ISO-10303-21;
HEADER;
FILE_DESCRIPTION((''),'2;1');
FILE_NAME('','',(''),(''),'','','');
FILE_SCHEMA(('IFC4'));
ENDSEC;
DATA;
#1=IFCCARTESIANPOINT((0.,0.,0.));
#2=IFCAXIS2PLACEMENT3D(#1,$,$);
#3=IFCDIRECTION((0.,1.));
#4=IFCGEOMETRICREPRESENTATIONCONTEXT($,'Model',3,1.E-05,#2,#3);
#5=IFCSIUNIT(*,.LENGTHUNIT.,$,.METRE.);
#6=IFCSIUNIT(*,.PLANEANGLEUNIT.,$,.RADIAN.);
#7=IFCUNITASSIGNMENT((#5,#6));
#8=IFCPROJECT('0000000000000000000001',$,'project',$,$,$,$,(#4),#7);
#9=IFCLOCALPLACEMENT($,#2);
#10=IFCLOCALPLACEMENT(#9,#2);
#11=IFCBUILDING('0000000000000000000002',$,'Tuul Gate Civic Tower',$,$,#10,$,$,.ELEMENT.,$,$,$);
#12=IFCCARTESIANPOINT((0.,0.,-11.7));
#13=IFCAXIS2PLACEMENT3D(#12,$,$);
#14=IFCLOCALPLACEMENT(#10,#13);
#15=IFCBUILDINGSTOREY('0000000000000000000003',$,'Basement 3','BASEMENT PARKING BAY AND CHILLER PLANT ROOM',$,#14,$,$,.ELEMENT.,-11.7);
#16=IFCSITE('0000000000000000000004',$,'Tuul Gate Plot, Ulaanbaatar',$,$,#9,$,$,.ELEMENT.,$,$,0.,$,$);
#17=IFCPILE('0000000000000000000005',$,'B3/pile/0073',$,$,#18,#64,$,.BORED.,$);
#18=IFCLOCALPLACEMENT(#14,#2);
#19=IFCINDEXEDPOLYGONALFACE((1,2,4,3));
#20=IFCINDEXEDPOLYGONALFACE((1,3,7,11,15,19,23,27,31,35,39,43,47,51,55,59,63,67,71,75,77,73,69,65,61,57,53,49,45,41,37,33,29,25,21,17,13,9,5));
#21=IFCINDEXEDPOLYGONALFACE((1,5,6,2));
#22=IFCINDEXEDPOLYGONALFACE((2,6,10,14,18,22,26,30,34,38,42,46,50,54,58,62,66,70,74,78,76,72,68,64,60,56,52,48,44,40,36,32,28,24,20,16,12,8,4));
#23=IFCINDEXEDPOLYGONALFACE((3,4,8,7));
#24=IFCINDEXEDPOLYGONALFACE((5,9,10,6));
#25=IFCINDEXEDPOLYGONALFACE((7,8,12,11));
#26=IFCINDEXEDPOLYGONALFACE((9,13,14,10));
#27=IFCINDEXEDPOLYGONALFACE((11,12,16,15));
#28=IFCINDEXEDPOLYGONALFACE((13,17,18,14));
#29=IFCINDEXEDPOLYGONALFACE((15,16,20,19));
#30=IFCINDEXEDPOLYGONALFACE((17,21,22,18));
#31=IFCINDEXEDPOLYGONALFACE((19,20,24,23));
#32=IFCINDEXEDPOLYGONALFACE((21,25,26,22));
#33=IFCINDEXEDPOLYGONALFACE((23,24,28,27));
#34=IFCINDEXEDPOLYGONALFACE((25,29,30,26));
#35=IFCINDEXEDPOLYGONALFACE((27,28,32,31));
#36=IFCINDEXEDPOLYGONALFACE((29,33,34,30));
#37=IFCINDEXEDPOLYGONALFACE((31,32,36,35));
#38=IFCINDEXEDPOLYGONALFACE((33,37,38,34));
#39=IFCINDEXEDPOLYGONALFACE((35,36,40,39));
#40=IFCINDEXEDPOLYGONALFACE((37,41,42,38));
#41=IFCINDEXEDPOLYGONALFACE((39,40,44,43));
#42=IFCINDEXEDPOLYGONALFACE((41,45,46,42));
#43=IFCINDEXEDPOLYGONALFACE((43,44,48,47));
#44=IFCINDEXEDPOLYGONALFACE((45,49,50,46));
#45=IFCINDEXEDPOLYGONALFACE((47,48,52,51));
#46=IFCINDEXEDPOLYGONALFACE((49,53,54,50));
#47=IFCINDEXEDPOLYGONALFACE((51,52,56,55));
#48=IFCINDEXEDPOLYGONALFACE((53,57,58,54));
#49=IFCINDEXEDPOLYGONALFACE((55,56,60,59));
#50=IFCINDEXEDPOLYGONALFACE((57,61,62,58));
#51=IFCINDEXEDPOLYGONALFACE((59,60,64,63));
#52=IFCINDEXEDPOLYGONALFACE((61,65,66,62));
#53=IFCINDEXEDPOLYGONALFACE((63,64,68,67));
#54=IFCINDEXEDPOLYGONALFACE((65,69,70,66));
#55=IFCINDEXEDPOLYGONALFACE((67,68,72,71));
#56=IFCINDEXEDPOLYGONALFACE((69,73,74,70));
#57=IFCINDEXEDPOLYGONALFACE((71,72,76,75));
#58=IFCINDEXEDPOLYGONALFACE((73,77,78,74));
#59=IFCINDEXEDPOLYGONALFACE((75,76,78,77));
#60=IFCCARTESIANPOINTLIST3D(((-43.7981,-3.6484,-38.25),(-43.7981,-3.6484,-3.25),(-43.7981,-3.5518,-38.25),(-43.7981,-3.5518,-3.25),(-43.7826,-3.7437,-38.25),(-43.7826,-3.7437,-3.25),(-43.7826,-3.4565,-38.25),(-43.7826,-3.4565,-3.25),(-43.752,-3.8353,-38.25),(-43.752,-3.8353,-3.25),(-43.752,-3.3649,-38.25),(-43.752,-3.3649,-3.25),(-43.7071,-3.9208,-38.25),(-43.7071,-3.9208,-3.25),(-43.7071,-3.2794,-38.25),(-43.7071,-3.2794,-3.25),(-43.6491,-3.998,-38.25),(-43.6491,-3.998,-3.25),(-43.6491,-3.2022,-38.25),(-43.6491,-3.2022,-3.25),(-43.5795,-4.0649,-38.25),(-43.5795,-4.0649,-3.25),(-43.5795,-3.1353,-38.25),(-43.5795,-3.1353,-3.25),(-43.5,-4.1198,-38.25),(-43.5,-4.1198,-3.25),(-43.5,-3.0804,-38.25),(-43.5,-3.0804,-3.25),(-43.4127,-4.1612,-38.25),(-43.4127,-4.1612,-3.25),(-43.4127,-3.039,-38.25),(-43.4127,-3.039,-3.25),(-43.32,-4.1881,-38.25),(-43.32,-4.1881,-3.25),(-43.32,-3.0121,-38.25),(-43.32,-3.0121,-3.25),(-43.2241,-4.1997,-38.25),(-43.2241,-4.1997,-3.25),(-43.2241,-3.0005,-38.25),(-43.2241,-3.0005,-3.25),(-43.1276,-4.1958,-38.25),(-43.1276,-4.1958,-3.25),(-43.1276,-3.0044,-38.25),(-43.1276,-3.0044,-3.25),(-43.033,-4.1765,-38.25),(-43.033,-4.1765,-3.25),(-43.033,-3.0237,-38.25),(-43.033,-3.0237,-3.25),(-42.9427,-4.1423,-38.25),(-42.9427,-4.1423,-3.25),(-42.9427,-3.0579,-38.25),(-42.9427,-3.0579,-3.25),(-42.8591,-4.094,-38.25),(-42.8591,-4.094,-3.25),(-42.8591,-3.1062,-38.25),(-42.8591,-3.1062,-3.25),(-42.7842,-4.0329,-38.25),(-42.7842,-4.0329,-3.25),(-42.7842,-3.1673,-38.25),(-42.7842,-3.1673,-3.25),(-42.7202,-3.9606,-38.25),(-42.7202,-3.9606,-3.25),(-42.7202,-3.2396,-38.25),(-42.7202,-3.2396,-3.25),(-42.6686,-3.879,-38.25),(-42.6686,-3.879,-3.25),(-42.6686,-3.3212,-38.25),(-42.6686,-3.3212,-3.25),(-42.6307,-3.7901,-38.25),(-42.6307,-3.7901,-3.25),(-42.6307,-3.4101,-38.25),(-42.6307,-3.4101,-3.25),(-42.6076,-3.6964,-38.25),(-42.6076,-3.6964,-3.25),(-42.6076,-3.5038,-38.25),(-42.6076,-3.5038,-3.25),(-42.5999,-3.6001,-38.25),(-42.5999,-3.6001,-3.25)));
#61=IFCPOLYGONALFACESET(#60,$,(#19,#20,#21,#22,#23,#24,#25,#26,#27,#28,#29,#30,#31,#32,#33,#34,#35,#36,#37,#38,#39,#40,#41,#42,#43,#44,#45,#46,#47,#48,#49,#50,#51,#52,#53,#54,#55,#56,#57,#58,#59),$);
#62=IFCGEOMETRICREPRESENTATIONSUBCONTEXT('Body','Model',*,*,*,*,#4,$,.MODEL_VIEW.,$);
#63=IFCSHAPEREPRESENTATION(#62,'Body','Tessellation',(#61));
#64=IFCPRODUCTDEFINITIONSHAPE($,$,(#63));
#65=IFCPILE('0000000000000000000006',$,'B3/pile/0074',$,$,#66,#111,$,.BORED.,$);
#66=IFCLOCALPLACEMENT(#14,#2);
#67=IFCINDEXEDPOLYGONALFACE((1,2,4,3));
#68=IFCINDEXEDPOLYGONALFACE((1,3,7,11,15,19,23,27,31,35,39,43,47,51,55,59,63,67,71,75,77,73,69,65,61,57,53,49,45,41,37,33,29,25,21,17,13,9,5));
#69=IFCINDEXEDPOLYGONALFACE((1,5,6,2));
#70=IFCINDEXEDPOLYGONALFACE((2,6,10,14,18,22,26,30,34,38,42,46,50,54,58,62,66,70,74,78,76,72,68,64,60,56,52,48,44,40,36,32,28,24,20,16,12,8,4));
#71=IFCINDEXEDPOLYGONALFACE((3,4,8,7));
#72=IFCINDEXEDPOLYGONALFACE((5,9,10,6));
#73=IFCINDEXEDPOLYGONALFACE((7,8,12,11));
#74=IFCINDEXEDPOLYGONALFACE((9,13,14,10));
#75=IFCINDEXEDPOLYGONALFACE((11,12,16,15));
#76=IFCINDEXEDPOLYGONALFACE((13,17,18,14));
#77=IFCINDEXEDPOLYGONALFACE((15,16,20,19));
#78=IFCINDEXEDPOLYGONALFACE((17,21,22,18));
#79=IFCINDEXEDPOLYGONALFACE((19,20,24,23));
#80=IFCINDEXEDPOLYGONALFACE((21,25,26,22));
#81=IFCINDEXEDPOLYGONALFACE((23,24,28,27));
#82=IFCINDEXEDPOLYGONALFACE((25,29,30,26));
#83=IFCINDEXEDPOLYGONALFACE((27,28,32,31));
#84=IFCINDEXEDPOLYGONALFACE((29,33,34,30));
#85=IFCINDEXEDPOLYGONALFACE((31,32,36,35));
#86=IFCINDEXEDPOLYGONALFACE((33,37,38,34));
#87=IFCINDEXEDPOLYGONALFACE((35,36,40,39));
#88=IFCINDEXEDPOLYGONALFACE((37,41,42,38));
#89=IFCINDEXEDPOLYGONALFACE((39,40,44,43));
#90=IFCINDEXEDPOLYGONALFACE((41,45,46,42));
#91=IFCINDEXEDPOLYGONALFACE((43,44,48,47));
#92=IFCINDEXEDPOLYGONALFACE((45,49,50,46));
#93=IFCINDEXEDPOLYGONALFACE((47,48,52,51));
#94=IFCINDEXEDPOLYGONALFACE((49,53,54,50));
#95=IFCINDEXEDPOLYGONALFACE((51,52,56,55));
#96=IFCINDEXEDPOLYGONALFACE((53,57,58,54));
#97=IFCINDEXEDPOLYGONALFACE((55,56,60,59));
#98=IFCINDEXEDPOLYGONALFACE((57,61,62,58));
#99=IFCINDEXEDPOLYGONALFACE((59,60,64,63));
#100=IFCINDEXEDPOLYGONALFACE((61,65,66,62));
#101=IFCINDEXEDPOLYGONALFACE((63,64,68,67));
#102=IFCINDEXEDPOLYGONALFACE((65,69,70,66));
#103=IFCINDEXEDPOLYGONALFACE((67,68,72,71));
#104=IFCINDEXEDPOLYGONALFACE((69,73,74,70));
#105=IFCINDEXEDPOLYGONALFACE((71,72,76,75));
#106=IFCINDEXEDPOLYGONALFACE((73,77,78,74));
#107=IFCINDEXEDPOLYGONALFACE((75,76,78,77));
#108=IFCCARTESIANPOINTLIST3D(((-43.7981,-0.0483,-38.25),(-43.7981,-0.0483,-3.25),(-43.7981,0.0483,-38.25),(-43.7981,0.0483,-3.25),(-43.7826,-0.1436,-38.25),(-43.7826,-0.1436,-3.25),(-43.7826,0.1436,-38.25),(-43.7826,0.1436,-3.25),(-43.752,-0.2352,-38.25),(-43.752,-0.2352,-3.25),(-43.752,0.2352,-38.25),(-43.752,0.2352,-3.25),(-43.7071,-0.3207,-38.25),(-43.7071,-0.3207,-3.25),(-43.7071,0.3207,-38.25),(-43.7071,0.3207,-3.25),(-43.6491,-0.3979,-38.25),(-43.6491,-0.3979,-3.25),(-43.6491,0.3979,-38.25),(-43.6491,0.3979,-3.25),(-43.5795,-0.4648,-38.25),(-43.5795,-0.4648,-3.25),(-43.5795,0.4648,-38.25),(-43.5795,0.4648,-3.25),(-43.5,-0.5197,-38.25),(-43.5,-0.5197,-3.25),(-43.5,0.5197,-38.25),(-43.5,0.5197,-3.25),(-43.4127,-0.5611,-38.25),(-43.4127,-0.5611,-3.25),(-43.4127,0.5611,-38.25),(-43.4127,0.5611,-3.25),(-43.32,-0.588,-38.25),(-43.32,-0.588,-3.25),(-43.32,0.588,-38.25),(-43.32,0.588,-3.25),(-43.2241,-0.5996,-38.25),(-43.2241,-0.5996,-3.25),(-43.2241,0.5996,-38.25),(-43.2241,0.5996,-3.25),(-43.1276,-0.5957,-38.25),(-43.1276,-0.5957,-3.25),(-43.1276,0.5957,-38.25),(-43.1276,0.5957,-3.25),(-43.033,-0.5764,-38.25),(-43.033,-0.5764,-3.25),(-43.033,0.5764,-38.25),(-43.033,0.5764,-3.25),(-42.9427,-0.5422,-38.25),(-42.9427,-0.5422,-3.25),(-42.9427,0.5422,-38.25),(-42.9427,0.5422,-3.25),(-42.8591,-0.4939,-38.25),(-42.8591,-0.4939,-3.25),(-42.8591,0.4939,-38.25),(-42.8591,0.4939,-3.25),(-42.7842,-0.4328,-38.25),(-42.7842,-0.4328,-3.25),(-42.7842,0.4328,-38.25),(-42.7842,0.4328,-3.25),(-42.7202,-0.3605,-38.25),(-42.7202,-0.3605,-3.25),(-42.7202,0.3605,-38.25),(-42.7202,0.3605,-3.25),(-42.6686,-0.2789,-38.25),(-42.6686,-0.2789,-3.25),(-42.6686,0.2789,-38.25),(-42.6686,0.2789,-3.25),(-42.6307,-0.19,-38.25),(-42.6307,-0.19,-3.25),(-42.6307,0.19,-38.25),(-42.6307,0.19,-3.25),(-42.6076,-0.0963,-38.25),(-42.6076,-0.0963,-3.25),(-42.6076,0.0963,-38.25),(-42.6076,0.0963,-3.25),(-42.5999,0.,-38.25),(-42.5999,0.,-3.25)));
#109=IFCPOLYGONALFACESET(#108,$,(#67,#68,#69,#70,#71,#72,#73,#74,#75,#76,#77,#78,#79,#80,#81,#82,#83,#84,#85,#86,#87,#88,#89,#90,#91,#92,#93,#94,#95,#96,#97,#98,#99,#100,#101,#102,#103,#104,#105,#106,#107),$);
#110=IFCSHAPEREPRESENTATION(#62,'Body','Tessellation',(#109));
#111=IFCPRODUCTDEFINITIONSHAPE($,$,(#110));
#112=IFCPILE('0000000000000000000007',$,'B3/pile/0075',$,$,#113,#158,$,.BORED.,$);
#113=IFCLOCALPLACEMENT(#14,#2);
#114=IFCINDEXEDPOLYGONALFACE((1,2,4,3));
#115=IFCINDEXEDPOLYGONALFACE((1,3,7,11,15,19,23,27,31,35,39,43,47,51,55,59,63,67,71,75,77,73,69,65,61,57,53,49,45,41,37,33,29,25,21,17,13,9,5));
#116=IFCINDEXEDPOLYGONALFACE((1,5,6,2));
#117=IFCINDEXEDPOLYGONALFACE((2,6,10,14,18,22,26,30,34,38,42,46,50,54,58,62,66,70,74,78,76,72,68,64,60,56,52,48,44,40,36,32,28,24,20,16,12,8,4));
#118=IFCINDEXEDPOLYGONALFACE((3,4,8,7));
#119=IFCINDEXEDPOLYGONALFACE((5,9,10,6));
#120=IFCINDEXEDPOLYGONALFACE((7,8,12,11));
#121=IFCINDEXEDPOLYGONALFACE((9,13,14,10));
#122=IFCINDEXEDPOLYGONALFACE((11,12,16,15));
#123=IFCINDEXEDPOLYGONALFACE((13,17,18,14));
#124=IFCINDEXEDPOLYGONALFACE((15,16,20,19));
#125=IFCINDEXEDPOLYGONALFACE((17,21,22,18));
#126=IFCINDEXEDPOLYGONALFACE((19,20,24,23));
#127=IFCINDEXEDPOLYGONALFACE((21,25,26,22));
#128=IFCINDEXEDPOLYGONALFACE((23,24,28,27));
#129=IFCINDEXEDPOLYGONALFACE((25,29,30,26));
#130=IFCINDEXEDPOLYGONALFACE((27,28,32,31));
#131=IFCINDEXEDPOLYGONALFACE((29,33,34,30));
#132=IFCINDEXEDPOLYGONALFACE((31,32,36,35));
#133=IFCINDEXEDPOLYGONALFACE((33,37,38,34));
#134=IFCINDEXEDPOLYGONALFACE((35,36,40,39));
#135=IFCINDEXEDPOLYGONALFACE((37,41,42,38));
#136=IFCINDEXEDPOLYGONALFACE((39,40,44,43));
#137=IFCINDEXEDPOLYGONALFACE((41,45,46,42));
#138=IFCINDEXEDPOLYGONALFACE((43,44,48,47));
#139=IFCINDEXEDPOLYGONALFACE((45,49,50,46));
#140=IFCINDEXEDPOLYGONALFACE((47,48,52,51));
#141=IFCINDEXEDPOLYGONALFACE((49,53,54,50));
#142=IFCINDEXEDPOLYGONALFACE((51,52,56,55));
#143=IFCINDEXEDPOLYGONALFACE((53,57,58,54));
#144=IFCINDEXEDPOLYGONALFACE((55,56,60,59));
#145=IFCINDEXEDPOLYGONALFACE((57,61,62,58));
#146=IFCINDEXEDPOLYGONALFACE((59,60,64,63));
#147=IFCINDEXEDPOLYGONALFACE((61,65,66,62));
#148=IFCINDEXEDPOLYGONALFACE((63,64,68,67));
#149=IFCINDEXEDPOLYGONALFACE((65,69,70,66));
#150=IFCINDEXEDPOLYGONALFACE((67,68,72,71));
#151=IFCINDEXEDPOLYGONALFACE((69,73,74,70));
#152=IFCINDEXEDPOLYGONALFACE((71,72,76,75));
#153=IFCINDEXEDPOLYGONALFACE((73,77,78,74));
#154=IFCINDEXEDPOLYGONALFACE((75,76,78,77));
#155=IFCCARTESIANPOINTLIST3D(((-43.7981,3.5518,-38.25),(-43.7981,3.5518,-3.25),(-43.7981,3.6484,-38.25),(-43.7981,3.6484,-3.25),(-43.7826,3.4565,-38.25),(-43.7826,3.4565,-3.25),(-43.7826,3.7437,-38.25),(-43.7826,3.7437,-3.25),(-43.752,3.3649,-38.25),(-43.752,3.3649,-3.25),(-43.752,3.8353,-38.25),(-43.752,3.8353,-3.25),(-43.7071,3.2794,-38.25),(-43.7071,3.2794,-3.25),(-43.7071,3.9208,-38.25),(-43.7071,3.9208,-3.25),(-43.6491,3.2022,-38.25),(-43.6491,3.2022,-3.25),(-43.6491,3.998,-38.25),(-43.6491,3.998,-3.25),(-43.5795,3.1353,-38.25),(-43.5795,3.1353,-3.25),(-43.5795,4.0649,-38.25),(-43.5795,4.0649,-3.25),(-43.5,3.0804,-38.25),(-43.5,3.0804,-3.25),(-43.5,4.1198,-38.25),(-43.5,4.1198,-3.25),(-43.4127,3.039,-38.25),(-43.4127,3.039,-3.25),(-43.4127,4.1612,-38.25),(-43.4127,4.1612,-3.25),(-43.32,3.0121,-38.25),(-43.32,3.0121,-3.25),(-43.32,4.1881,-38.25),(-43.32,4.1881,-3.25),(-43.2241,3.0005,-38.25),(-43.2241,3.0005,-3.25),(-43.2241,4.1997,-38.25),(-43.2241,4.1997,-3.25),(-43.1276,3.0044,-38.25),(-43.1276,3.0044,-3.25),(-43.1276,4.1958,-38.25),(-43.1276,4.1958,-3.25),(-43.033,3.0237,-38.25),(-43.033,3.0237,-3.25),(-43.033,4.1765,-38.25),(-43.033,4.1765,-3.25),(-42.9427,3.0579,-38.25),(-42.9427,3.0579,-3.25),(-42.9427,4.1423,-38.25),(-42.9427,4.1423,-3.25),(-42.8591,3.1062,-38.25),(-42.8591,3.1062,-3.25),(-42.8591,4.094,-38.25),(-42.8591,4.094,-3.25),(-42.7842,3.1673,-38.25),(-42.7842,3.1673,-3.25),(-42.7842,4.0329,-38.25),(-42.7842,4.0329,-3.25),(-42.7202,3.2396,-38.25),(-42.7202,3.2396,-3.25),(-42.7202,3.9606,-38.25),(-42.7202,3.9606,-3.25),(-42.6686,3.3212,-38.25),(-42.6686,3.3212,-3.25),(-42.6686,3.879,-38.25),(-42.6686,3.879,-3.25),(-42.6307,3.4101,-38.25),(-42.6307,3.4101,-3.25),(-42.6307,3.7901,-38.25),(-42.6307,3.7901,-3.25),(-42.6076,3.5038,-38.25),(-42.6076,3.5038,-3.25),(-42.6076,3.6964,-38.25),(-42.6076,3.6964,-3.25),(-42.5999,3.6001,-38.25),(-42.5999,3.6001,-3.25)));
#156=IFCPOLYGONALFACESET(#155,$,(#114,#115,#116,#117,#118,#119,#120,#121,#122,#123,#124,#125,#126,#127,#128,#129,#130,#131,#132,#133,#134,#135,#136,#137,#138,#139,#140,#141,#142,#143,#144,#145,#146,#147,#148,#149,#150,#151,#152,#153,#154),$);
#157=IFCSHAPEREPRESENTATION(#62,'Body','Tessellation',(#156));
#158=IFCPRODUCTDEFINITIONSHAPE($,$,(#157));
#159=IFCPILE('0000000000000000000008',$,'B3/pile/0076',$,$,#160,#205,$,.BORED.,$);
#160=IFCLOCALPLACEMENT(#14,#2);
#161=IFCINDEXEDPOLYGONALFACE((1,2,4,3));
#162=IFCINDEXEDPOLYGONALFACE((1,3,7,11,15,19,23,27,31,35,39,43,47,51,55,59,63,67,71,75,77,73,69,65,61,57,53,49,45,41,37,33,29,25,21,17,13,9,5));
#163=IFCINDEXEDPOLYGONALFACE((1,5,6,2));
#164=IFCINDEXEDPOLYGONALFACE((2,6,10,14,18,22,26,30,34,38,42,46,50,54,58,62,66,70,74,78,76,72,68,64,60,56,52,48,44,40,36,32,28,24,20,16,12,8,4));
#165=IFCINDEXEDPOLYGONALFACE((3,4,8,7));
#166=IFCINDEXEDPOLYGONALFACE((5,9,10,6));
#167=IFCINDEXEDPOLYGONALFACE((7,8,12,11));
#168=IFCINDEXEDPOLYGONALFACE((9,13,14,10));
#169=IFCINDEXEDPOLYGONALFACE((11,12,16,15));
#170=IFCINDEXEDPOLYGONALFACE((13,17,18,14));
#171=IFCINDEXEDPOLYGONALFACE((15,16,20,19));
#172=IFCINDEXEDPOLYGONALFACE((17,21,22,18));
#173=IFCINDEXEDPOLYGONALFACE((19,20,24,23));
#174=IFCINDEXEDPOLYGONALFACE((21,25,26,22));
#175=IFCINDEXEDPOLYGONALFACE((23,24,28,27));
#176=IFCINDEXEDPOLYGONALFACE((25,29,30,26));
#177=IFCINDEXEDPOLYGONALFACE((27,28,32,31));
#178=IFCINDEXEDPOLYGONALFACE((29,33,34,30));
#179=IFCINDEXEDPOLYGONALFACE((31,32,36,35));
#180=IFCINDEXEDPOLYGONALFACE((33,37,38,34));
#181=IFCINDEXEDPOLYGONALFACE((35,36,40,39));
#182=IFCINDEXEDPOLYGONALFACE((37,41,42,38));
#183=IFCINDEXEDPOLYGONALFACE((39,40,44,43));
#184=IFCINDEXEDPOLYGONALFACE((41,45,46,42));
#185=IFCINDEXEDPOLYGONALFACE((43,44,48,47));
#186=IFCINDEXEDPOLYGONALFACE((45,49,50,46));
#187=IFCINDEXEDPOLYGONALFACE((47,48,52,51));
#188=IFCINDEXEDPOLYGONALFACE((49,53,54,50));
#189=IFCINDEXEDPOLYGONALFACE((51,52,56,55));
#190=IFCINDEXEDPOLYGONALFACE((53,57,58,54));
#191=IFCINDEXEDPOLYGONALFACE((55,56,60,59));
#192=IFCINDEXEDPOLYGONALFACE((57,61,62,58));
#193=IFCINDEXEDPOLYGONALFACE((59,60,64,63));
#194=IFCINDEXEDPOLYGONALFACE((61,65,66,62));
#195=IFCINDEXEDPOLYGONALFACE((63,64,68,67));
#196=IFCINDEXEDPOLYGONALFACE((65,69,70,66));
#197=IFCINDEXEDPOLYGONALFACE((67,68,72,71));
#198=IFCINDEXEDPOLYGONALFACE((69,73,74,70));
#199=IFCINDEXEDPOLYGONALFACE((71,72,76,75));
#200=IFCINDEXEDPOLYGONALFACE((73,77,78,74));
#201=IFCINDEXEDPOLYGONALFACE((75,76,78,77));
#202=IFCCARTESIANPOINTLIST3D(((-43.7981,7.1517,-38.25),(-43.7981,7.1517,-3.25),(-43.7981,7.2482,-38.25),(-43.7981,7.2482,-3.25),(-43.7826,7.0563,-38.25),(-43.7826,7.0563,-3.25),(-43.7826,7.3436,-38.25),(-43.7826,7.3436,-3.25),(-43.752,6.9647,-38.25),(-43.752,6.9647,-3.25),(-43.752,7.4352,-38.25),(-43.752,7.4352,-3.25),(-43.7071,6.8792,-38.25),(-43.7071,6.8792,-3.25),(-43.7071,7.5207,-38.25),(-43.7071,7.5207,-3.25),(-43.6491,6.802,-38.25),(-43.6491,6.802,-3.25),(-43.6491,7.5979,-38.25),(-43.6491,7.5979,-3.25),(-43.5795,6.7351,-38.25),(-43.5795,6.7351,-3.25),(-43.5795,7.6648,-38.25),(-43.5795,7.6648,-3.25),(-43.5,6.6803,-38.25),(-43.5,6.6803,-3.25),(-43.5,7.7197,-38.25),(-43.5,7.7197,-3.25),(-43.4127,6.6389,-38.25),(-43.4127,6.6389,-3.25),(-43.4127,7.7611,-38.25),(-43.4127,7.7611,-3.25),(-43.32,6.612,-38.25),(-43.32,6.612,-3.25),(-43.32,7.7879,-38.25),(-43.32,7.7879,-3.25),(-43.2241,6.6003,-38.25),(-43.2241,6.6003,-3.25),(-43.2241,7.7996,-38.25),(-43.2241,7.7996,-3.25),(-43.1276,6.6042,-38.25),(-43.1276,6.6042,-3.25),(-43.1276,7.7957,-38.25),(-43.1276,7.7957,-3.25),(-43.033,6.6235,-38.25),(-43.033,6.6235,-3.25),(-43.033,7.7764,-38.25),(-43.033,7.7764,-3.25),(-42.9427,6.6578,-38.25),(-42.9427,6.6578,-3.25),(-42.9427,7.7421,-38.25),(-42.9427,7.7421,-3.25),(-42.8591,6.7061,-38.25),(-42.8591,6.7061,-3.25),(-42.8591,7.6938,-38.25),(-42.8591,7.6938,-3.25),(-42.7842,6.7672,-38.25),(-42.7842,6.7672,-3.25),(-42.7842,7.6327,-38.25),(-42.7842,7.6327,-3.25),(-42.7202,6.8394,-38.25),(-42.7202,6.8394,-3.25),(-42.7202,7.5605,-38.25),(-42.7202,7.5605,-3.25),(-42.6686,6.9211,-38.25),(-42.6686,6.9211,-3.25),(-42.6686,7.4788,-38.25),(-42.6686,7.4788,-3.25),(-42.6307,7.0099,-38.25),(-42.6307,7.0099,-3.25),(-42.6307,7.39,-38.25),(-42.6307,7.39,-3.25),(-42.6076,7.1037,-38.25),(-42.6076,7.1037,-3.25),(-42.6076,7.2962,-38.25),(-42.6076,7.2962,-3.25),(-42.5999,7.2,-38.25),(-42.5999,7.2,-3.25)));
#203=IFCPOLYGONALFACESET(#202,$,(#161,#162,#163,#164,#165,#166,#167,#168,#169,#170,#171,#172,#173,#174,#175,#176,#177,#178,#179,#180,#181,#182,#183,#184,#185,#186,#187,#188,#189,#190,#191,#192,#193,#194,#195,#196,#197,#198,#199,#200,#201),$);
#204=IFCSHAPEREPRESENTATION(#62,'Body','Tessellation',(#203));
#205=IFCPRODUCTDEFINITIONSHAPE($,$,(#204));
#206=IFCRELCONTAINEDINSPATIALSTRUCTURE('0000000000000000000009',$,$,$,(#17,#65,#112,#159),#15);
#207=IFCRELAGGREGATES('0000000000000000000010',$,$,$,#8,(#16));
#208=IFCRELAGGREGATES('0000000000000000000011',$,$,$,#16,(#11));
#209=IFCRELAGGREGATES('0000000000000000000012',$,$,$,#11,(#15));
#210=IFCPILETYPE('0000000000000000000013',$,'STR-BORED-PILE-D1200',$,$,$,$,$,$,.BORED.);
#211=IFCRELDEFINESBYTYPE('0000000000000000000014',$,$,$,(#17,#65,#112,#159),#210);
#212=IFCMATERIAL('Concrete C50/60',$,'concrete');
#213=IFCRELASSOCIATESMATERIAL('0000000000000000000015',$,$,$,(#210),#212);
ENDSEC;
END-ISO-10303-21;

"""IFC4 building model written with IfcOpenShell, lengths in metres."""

from ifc_helpers import new_model, si_unit, direction, frame, origin, origin_2d, place, context, subcontext, project, spatial, circle, extrude, material, material_profile, profile_set, type_object, element, save


model = new_model("IFC4")

# Units and contexts
model_context = context("Model", 3, precision=1e-05, world=origin(), true_north=direction((0.0, 1.0)))
body_context = subcontext(model_context, "Body", "Model", "MODEL_VIEW")
ifc_project = project(units=[si_unit("LENGTHUNIT", "METRE"), si_unit("PLANEANGLEUNIT", "RADIAN")], contexts=[model_context])

# Site, building, storey
site_placement = place(None, origin())
site = spatial("IfcSite", under=ifc_project, at=site_placement, Name="Tuul Gate Plot, Ulaanbaatar", CompositionType="ELEMENT", RefElevation=0.0)
building_placement = place(site_placement, origin())
building = spatial("IfcBuilding", under=site, at=building_placement, Name="Tuul Gate Civic Tower", CompositionType="ELEMENT")
storey_placement = place(building_placement, frame((0.0, 0.0, -11.7)))
storey = spatial("IfcBuildingStorey", under=building, at=storey_placement, Name="Basement 3", Description="BASEMENT PARKING BAY AND CHILLER PLANT ROOM", CompositionType="ELEMENT", Elevation=-11.7)

# Piles
ifc_material_1 = material(Name="Concrete C50/60", Category="concrete")
ifc_material_profile_1 = material_profile(ifc_material_1, circle(Radius=0.6001, at=origin_2d()), Name="PILE1200")
ifc_profile_set_1 = profile_set([ifc_material_profile_1], Name="Concrete C50/60")
pile_type = type_object("IfcPileType", Name="STR-BORED-PILE-D1200", PredefinedType="BORED", material=ifc_profile_set_1)
for number, where, z_axis, x_axis, name in (
    (1, (-43.2, -3.6001, -3.25), (0.0, 0.0, -1.0), (1.0, 0.0, 0.0), "B3/pile/0073"),
    (2, (-43.2, 0.0, -3.25), (0.0, 0.0, -1.0), (1.0, 0.0, 0.0), "B3/pile/0074"),
    (3, (-43.2, 3.6001, -3.25), (0.0, 0.0, -1.0), (1.0, 0.0, 0.0), "B3/pile/0075"),
    (4, (-43.2, 7.2, -3.25), (0.0, 0.0, -1.0), (1.0, 0.0, 0.0), "B3/pile/0076"),
):
    element("IfcPile", number, at=place(storey_placement, frame(where, z_axis=z_axis, x_axis=x_axis)), inside=storey, type_object=pile_type, Name=name, PredefinedType="BORED", context=body_context, shape_type="SweptSolid", body=[
        extrude(circle(Radius=0.6001, at=origin_2d()), origin(), (0.0, 0.0, 1.0), 35.0),
    ])

save(model, "model.ifc")
